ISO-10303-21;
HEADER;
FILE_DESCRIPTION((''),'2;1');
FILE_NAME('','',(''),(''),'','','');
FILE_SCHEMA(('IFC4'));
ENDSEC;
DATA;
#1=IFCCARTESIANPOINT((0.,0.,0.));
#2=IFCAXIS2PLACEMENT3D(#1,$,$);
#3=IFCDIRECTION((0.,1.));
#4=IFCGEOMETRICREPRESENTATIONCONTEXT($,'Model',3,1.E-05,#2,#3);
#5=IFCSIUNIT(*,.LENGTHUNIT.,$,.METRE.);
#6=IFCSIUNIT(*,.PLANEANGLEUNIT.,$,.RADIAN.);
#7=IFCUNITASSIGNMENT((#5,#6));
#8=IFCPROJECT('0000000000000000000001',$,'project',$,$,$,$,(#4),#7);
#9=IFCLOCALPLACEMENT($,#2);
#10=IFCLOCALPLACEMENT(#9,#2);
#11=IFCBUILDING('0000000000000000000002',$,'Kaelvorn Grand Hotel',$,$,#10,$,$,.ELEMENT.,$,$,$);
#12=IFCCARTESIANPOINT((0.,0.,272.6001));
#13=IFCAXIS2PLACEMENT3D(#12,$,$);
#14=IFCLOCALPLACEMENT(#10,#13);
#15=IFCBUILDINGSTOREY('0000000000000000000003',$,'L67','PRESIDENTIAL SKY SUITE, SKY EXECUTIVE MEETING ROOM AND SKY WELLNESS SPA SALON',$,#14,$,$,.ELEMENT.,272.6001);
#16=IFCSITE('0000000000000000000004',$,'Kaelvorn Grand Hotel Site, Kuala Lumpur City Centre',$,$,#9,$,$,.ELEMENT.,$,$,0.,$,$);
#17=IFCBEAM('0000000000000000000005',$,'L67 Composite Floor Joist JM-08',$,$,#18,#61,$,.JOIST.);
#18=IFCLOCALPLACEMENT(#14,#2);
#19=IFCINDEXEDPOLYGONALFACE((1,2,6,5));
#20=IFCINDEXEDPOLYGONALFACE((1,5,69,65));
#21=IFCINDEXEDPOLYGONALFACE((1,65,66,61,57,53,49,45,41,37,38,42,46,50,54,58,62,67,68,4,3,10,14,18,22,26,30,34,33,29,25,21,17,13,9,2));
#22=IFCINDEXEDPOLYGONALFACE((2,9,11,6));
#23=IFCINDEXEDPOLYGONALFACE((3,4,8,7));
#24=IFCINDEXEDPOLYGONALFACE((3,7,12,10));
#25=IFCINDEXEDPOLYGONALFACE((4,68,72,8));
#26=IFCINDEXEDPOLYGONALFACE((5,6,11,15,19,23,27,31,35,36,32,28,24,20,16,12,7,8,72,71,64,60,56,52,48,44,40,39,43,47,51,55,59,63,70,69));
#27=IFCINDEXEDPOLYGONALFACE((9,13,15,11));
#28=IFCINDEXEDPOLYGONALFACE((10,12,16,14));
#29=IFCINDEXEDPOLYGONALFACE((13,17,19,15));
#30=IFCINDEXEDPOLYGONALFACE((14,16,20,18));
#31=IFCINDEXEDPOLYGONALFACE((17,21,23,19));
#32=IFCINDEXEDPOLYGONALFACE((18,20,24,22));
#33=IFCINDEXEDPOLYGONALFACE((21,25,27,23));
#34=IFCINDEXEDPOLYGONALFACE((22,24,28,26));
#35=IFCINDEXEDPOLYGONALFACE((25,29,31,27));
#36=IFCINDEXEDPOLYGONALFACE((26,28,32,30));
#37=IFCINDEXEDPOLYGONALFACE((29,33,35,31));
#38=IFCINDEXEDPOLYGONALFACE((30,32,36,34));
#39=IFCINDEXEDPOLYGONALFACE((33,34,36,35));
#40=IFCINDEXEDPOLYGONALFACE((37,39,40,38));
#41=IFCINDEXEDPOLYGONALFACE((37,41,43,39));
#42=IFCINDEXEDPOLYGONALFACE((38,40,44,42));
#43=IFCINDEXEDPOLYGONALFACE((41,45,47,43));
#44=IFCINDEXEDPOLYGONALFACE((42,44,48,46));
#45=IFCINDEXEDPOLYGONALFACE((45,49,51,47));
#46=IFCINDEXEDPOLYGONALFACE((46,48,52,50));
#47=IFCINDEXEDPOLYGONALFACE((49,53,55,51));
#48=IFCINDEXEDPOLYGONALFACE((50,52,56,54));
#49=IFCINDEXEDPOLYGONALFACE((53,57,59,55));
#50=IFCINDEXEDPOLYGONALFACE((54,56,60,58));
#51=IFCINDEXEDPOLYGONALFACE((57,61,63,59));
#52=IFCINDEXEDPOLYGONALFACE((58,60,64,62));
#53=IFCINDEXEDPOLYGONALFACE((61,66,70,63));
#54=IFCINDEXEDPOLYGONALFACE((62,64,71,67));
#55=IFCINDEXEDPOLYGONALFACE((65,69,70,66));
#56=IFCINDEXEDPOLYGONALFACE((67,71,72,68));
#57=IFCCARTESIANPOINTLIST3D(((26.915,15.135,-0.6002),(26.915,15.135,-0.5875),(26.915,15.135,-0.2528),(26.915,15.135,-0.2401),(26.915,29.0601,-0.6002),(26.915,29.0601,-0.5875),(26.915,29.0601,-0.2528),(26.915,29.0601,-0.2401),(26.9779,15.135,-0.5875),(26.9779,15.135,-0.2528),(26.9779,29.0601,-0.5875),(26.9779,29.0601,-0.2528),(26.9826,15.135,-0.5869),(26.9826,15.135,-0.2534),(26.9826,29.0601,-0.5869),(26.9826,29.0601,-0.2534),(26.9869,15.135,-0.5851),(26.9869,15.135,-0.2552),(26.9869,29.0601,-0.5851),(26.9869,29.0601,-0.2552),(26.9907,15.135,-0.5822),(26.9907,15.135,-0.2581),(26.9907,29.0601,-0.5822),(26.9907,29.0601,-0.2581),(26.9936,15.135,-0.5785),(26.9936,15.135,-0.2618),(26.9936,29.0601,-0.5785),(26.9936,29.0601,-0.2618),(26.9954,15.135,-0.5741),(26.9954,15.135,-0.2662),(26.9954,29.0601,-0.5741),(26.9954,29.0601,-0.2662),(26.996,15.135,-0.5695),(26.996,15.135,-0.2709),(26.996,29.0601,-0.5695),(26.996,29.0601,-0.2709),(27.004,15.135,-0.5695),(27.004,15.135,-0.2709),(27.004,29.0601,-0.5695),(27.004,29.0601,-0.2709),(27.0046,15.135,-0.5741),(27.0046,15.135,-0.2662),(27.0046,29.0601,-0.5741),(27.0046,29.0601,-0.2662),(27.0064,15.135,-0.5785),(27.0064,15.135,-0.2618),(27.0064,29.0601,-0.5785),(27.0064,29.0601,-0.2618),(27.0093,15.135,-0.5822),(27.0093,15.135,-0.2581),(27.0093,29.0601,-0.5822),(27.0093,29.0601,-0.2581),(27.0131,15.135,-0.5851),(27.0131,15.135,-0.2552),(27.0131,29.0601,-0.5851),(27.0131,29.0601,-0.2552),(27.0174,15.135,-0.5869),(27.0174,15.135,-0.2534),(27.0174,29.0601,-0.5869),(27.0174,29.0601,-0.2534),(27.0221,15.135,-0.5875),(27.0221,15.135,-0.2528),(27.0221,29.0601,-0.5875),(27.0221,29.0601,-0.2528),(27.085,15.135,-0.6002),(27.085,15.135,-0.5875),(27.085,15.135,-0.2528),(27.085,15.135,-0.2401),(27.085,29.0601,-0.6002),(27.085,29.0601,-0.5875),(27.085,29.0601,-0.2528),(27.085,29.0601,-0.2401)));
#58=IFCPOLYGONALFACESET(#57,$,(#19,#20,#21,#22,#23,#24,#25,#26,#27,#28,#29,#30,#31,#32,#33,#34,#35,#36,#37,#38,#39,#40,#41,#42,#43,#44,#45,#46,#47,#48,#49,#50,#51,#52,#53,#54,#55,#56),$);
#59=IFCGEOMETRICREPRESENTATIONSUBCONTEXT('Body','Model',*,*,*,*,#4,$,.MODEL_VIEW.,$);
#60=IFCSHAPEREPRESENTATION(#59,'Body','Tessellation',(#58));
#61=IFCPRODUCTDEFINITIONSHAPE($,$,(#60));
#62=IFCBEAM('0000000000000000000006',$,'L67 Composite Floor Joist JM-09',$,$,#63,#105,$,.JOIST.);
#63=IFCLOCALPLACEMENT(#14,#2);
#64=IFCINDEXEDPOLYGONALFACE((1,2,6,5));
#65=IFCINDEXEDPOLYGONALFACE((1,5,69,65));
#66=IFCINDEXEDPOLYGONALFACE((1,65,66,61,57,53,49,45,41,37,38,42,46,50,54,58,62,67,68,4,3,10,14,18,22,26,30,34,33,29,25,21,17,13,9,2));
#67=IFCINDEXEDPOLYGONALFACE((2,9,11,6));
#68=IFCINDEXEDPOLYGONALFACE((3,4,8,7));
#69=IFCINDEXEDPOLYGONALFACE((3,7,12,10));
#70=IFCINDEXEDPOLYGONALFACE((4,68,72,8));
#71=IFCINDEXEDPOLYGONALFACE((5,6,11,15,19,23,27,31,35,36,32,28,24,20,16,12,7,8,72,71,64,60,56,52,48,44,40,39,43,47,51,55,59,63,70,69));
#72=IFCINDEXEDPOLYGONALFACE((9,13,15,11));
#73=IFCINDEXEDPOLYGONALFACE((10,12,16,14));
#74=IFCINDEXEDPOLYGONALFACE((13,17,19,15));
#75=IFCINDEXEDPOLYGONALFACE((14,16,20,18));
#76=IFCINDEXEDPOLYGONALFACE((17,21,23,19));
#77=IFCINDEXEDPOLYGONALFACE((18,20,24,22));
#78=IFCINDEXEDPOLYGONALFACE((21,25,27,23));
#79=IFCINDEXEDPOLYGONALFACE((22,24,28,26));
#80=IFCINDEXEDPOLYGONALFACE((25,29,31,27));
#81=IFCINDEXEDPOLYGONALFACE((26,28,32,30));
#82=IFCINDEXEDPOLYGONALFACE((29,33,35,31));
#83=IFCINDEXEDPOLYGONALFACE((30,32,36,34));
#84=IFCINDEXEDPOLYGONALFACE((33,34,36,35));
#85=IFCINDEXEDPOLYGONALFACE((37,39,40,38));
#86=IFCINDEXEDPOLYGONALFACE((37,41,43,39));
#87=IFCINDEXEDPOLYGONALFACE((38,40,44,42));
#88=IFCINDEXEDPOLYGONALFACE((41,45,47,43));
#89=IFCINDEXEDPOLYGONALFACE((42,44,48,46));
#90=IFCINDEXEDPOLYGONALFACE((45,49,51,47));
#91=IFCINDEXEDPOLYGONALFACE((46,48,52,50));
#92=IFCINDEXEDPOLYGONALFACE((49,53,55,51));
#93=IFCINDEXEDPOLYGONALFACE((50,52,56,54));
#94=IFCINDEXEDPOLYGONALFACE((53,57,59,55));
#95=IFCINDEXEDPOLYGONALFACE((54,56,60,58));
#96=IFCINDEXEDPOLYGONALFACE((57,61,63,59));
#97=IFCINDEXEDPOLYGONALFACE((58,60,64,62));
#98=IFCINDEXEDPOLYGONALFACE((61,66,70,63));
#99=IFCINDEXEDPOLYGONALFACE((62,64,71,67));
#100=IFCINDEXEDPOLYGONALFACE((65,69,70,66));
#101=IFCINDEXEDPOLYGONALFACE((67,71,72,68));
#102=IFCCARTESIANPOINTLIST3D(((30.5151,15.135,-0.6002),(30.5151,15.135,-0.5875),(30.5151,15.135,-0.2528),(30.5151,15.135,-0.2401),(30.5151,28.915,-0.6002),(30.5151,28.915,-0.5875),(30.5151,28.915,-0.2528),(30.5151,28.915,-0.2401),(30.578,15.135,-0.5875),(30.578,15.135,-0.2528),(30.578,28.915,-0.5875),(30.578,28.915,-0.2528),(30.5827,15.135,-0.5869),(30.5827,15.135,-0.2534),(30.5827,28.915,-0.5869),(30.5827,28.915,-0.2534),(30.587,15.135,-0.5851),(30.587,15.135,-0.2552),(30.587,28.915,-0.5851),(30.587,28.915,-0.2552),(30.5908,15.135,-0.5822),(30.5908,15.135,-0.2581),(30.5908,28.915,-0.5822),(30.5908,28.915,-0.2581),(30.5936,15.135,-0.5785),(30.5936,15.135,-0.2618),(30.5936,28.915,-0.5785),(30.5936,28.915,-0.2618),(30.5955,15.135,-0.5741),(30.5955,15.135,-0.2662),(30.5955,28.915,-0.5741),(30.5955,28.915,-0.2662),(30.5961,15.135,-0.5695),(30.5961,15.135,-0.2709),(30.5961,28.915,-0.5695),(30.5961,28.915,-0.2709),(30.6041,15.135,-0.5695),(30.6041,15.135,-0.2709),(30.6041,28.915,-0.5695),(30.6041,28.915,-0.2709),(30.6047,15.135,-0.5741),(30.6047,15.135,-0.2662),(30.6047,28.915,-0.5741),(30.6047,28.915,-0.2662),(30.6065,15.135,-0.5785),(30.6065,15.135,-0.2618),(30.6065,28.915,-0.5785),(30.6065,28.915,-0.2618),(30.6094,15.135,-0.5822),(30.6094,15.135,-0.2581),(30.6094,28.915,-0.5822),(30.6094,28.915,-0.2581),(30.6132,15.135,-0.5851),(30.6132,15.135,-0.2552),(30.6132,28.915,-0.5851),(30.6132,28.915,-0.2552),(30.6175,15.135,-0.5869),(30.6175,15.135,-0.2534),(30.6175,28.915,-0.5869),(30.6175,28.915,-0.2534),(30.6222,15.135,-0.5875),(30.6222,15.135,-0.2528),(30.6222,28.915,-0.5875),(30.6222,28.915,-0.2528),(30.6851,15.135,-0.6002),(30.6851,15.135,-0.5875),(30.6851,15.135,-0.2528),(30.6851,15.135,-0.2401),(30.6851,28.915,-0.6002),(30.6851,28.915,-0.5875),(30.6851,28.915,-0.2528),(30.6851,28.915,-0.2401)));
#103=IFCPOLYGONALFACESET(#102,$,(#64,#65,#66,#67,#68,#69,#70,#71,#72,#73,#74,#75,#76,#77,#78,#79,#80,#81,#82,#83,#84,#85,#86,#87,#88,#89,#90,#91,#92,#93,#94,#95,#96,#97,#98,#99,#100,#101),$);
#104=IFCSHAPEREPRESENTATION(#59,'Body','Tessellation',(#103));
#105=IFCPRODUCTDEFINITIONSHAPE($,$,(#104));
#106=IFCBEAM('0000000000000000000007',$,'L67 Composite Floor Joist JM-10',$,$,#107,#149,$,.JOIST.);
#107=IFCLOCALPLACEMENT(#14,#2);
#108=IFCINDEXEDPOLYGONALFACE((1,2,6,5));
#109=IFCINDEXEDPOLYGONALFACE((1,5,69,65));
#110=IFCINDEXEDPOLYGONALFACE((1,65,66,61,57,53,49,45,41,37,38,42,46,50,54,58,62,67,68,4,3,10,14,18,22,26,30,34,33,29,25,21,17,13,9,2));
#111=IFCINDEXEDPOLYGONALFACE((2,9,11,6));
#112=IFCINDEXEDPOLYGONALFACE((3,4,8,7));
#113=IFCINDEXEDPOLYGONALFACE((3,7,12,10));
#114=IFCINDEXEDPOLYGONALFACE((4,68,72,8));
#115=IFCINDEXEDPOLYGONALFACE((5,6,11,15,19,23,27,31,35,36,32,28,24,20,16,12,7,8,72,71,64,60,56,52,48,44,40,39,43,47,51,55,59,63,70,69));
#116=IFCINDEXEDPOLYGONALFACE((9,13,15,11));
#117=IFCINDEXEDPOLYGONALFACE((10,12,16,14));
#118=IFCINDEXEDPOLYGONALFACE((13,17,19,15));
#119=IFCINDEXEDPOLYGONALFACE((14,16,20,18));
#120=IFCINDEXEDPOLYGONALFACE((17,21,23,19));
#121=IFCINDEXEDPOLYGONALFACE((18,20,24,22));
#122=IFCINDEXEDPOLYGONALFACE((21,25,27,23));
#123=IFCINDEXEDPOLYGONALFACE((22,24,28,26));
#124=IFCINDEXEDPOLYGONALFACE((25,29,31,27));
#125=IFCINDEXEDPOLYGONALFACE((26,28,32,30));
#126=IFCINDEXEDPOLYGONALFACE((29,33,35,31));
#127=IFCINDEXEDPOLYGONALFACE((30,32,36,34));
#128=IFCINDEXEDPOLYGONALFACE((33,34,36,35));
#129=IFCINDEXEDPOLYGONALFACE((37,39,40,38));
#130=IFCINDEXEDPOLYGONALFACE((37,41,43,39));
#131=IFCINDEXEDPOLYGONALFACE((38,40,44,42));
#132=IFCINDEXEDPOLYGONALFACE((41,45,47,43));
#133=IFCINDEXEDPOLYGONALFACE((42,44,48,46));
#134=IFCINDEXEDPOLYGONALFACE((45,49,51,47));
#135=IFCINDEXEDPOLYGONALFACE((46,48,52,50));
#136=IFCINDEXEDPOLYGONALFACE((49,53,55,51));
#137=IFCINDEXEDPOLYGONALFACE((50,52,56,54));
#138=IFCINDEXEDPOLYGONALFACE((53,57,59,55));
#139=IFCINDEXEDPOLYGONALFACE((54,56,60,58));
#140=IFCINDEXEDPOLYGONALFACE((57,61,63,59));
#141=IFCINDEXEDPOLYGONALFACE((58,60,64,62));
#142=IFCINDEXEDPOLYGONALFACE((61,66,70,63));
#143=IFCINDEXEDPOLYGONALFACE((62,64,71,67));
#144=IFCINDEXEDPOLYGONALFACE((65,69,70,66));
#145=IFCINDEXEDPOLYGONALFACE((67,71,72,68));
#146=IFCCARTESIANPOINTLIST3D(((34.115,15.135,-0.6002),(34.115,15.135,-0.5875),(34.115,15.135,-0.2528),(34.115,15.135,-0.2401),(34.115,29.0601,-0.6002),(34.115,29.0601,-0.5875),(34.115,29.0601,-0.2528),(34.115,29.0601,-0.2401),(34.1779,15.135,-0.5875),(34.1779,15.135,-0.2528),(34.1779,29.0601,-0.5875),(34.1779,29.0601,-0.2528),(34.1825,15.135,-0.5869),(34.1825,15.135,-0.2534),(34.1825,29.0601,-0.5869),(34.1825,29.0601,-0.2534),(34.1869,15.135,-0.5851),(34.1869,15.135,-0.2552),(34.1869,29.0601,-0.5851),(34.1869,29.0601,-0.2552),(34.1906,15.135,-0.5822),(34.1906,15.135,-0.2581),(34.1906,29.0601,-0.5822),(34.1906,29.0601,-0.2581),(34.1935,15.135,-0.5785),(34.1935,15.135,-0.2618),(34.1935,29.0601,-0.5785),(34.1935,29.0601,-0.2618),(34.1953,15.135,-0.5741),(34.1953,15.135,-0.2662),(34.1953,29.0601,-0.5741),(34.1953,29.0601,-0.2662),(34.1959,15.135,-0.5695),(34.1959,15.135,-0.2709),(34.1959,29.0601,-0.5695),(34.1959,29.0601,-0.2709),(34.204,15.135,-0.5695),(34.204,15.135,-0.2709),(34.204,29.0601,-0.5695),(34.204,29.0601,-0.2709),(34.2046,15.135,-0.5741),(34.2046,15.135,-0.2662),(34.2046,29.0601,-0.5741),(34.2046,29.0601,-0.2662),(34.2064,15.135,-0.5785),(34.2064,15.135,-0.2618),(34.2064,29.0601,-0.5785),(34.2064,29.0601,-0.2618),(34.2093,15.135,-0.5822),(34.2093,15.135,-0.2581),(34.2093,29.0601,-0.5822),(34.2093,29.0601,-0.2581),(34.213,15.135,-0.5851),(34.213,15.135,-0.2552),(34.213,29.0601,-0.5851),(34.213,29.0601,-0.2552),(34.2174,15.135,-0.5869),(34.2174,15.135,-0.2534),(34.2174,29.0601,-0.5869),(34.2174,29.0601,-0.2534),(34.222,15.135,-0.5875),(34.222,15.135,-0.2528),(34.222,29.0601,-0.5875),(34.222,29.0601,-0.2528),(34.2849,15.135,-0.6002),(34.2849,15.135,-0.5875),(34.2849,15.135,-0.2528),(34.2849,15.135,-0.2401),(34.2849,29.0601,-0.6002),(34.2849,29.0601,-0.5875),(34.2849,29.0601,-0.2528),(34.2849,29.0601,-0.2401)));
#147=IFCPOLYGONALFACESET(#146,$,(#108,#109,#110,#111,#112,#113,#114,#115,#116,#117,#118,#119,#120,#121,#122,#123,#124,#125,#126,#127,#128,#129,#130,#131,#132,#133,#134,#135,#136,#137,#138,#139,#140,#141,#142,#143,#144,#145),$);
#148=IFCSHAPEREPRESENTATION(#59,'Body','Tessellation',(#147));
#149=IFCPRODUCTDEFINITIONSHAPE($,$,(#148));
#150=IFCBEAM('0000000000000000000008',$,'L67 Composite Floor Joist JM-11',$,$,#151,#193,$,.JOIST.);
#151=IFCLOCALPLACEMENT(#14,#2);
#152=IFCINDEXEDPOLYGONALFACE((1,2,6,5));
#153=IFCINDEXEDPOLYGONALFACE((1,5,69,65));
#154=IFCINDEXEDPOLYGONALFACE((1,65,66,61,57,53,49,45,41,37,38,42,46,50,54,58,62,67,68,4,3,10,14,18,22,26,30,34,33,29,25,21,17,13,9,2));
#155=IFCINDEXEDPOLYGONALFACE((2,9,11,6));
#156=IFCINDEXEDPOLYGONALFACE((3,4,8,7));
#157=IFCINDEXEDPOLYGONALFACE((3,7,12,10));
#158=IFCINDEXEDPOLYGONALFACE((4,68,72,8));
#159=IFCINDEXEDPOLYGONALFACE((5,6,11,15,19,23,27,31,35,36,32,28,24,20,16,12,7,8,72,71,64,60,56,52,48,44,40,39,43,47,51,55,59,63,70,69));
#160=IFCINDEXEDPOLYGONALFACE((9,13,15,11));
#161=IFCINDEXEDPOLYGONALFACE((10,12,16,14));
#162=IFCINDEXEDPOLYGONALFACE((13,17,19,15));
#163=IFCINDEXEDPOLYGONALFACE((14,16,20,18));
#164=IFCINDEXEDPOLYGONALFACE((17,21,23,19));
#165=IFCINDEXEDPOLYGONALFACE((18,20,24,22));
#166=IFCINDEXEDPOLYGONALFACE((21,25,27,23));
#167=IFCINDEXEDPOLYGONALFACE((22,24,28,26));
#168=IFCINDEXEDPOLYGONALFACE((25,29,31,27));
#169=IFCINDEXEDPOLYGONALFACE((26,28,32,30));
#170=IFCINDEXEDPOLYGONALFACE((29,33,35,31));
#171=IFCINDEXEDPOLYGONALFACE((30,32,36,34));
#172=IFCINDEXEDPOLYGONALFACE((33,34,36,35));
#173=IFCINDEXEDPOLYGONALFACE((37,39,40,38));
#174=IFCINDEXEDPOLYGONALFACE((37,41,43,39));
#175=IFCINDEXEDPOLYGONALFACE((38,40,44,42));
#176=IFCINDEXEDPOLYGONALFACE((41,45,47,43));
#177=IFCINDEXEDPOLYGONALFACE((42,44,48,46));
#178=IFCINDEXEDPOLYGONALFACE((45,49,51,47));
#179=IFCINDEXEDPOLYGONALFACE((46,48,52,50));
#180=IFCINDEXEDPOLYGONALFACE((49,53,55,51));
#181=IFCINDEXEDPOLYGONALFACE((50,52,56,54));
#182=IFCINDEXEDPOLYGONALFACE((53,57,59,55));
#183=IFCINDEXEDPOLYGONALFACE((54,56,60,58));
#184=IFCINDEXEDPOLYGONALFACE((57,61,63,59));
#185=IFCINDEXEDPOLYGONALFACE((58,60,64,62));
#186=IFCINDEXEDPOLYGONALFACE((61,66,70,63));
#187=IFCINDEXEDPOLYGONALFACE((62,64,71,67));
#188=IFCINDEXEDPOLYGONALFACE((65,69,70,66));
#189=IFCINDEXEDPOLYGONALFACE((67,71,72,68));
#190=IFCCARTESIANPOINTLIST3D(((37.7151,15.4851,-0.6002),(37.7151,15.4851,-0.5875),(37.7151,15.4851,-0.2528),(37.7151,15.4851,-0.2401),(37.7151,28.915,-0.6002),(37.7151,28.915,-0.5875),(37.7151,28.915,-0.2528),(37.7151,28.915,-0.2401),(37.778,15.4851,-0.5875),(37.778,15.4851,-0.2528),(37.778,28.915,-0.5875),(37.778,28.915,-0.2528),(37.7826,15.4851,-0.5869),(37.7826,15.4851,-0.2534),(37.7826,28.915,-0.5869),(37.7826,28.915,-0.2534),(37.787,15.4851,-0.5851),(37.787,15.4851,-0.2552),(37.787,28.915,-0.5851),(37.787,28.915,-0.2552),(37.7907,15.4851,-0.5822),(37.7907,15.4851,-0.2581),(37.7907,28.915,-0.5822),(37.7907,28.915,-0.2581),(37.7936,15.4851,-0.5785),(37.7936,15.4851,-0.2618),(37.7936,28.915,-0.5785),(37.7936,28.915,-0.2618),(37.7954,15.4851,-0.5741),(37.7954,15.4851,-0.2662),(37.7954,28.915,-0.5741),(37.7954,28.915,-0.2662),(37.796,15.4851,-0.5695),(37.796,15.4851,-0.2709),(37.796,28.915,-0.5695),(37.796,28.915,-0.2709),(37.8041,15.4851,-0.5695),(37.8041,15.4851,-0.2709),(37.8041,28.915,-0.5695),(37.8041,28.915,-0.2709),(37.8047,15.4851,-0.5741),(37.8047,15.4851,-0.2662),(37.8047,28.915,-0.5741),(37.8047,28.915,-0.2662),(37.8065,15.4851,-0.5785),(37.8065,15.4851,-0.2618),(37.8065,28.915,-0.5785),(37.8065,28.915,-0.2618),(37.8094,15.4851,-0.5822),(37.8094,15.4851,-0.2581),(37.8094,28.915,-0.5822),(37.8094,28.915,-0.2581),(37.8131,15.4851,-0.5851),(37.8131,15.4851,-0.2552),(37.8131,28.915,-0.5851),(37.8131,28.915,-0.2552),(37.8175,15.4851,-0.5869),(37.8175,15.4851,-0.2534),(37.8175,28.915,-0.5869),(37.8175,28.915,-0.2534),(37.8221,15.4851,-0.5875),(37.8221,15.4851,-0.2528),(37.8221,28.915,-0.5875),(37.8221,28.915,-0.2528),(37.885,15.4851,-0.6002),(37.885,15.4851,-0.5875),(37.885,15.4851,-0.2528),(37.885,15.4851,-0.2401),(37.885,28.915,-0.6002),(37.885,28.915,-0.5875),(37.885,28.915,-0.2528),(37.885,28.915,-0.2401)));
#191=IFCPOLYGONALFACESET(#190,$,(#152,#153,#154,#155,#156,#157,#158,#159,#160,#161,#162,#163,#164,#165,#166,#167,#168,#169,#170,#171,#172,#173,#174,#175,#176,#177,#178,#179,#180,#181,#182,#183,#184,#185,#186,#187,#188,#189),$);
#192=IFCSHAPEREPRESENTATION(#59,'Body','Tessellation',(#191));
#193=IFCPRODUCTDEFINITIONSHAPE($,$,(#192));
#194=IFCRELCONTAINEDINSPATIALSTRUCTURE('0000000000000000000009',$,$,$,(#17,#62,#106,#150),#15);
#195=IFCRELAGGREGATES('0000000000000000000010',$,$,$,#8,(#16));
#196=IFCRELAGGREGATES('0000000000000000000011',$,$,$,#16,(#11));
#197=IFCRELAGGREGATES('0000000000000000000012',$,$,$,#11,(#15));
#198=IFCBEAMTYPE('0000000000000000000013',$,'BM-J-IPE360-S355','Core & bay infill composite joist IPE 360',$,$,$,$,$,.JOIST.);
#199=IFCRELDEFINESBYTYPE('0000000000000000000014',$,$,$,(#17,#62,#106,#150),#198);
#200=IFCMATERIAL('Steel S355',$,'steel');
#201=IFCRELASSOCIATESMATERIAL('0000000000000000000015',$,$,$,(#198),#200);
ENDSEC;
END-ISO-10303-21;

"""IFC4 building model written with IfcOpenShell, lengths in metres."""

from ifc_helpers import new_model, si_unit, direction, frame, origin, origin_2d, place, context, subcontext, project, spatial, i_section, extrude, material, material_profile, profile_set, type_object, element, save


model = new_model("IFC4")

# Units and contexts
model_context = context("Model", 3, precision=1e-05, world=origin(), true_north=direction((0.0, 1.0)))
body_context = subcontext(model_context, "Body", "Model", "MODEL_VIEW")
ifc_project = project(units=[si_unit("LENGTHUNIT", "METRE"), si_unit("PLANEANGLEUNIT", "RADIAN")], contexts=[model_context])

# Site, building, storey
site_placement = place(None, origin())
site = spatial("IfcSite", under=ifc_project, at=site_placement, Name="Kaelvorn Grand Hotel Site, Kuala Lumpur City Centre", CompositionType="ELEMENT", RefElevation=0.0)
building_placement = place(site_placement, origin())
building = spatial("IfcBuilding", under=site, at=building_placement, Name="Kaelvorn Grand Hotel", CompositionType="ELEMENT")
storey_placement = place(building_placement, frame((0.0, 0.0, 272.6001)))
storey = spatial("IfcBuildingStorey", under=building, at=storey_placement, Name="L67", Description="PRESIDENTIAL SKY SUITE, SKY EXECUTIVE MEETING ROOM AND SKY WELLNESS SPA SALON", CompositionType="ELEMENT", Elevation=272.6001)

# Beams
ifc_material_1 = material(Name="Steel S355", Category="steel")
ifc_material_profile_1 = material_profile(ifc_material_1, i_section(OverallWidth=0.1699, OverallDepth=0.3601, WebThickness=0.0081, FlangeThickness=0.0127, FilletRadius=0.0181, at=origin_2d()), Name="IPE 360")
ifc_profile_set_1 = profile_set([ifc_material_profile_1], Name="Steel S355")
beam_type_1 = type_object("IfcBeamType", Name="BM-J-IPE360-S355", Description="Core & bay infill composite joist IPE 360", PredefinedType="JOIST", material=ifc_profile_set_1)
beam_1_placement = place(storey_placement, frame((27.0, 15.135, -0.4202), z_axis=(0.0, 1.0, 0.0), x_axis=(-1.0, 0.0, 0.0)))
element("IfcBeam", 1, at=beam_1_placement, inside=storey, type_object=beam_type_1, Name="L67 Composite Floor Joist JM-08", PredefinedType="JOIST", context=body_context, shape_type="SweptSolid", body=[
    extrude(i_section(OverallWidth=0.1699, OverallDepth=0.3601, WebThickness=0.0081, FlangeThickness=0.0127, FilletRadius=0.0181, at=origin_2d()), origin(), (0.0, 0.0, 1.0), 13.925),
])
beam_2_placement = place(storey_placement, frame((30.6001, 15.135, -0.4202), z_axis=(0.0, 1.0, 0.0), x_axis=(-1.0, 0.0, 0.0)))
element("IfcBeam", 2, at=beam_2_placement, inside=storey, type_object=beam_type_1, Name="L67 Composite Floor Joist JM-09", PredefinedType="JOIST", context=body_context, shape_type="SweptSolid", body=[
    extrude(i_section(OverallWidth=0.1699, OverallDepth=0.3601, WebThickness=0.0081, FlangeThickness=0.0127, FilletRadius=0.0181, at=origin_2d()), origin(), (0.0, 0.0, 1.0), 13.78),
])
beam_3_placement = place(storey_placement, frame((34.2, 15.135, -0.4202), z_axis=(0.0, 1.0, 0.0), x_axis=(-1.0, 0.0, 0.0)))
element("IfcBeam", 3, at=beam_3_placement, inside=storey, type_object=beam_type_1, Name="L67 Composite Floor Joist JM-10", PredefinedType="JOIST", context=body_context, shape_type="SweptSolid", body=[
    extrude(i_section(OverallWidth=0.1699, OverallDepth=0.3601, WebThickness=0.0081, FlangeThickness=0.0127, FilletRadius=0.0181, at=origin_2d()), origin(), (0.0, 0.0, 1.0), 13.925),
])
beam_4_placement = place(storey_placement, frame((37.8, 15.4851, -0.4202), z_axis=(0.0, 1.0, 0.0), x_axis=(-1.0, 0.0, 0.0)))
element("IfcBeam", 4, at=beam_4_placement, inside=storey, type_object=beam_type_1, Name="L67 Composite Floor Joist JM-11", PredefinedType="JOIST", context=body_context, shape_type="SweptSolid", body=[
    extrude(i_section(OverallWidth=0.1699, OverallDepth=0.3601, WebThickness=0.0081, FlangeThickness=0.0127, FilletRadius=0.0181, at=origin_2d()), origin(), (0.0, 0.0, 1.0), 13.4299),
])

save(model, "model.ifc")
